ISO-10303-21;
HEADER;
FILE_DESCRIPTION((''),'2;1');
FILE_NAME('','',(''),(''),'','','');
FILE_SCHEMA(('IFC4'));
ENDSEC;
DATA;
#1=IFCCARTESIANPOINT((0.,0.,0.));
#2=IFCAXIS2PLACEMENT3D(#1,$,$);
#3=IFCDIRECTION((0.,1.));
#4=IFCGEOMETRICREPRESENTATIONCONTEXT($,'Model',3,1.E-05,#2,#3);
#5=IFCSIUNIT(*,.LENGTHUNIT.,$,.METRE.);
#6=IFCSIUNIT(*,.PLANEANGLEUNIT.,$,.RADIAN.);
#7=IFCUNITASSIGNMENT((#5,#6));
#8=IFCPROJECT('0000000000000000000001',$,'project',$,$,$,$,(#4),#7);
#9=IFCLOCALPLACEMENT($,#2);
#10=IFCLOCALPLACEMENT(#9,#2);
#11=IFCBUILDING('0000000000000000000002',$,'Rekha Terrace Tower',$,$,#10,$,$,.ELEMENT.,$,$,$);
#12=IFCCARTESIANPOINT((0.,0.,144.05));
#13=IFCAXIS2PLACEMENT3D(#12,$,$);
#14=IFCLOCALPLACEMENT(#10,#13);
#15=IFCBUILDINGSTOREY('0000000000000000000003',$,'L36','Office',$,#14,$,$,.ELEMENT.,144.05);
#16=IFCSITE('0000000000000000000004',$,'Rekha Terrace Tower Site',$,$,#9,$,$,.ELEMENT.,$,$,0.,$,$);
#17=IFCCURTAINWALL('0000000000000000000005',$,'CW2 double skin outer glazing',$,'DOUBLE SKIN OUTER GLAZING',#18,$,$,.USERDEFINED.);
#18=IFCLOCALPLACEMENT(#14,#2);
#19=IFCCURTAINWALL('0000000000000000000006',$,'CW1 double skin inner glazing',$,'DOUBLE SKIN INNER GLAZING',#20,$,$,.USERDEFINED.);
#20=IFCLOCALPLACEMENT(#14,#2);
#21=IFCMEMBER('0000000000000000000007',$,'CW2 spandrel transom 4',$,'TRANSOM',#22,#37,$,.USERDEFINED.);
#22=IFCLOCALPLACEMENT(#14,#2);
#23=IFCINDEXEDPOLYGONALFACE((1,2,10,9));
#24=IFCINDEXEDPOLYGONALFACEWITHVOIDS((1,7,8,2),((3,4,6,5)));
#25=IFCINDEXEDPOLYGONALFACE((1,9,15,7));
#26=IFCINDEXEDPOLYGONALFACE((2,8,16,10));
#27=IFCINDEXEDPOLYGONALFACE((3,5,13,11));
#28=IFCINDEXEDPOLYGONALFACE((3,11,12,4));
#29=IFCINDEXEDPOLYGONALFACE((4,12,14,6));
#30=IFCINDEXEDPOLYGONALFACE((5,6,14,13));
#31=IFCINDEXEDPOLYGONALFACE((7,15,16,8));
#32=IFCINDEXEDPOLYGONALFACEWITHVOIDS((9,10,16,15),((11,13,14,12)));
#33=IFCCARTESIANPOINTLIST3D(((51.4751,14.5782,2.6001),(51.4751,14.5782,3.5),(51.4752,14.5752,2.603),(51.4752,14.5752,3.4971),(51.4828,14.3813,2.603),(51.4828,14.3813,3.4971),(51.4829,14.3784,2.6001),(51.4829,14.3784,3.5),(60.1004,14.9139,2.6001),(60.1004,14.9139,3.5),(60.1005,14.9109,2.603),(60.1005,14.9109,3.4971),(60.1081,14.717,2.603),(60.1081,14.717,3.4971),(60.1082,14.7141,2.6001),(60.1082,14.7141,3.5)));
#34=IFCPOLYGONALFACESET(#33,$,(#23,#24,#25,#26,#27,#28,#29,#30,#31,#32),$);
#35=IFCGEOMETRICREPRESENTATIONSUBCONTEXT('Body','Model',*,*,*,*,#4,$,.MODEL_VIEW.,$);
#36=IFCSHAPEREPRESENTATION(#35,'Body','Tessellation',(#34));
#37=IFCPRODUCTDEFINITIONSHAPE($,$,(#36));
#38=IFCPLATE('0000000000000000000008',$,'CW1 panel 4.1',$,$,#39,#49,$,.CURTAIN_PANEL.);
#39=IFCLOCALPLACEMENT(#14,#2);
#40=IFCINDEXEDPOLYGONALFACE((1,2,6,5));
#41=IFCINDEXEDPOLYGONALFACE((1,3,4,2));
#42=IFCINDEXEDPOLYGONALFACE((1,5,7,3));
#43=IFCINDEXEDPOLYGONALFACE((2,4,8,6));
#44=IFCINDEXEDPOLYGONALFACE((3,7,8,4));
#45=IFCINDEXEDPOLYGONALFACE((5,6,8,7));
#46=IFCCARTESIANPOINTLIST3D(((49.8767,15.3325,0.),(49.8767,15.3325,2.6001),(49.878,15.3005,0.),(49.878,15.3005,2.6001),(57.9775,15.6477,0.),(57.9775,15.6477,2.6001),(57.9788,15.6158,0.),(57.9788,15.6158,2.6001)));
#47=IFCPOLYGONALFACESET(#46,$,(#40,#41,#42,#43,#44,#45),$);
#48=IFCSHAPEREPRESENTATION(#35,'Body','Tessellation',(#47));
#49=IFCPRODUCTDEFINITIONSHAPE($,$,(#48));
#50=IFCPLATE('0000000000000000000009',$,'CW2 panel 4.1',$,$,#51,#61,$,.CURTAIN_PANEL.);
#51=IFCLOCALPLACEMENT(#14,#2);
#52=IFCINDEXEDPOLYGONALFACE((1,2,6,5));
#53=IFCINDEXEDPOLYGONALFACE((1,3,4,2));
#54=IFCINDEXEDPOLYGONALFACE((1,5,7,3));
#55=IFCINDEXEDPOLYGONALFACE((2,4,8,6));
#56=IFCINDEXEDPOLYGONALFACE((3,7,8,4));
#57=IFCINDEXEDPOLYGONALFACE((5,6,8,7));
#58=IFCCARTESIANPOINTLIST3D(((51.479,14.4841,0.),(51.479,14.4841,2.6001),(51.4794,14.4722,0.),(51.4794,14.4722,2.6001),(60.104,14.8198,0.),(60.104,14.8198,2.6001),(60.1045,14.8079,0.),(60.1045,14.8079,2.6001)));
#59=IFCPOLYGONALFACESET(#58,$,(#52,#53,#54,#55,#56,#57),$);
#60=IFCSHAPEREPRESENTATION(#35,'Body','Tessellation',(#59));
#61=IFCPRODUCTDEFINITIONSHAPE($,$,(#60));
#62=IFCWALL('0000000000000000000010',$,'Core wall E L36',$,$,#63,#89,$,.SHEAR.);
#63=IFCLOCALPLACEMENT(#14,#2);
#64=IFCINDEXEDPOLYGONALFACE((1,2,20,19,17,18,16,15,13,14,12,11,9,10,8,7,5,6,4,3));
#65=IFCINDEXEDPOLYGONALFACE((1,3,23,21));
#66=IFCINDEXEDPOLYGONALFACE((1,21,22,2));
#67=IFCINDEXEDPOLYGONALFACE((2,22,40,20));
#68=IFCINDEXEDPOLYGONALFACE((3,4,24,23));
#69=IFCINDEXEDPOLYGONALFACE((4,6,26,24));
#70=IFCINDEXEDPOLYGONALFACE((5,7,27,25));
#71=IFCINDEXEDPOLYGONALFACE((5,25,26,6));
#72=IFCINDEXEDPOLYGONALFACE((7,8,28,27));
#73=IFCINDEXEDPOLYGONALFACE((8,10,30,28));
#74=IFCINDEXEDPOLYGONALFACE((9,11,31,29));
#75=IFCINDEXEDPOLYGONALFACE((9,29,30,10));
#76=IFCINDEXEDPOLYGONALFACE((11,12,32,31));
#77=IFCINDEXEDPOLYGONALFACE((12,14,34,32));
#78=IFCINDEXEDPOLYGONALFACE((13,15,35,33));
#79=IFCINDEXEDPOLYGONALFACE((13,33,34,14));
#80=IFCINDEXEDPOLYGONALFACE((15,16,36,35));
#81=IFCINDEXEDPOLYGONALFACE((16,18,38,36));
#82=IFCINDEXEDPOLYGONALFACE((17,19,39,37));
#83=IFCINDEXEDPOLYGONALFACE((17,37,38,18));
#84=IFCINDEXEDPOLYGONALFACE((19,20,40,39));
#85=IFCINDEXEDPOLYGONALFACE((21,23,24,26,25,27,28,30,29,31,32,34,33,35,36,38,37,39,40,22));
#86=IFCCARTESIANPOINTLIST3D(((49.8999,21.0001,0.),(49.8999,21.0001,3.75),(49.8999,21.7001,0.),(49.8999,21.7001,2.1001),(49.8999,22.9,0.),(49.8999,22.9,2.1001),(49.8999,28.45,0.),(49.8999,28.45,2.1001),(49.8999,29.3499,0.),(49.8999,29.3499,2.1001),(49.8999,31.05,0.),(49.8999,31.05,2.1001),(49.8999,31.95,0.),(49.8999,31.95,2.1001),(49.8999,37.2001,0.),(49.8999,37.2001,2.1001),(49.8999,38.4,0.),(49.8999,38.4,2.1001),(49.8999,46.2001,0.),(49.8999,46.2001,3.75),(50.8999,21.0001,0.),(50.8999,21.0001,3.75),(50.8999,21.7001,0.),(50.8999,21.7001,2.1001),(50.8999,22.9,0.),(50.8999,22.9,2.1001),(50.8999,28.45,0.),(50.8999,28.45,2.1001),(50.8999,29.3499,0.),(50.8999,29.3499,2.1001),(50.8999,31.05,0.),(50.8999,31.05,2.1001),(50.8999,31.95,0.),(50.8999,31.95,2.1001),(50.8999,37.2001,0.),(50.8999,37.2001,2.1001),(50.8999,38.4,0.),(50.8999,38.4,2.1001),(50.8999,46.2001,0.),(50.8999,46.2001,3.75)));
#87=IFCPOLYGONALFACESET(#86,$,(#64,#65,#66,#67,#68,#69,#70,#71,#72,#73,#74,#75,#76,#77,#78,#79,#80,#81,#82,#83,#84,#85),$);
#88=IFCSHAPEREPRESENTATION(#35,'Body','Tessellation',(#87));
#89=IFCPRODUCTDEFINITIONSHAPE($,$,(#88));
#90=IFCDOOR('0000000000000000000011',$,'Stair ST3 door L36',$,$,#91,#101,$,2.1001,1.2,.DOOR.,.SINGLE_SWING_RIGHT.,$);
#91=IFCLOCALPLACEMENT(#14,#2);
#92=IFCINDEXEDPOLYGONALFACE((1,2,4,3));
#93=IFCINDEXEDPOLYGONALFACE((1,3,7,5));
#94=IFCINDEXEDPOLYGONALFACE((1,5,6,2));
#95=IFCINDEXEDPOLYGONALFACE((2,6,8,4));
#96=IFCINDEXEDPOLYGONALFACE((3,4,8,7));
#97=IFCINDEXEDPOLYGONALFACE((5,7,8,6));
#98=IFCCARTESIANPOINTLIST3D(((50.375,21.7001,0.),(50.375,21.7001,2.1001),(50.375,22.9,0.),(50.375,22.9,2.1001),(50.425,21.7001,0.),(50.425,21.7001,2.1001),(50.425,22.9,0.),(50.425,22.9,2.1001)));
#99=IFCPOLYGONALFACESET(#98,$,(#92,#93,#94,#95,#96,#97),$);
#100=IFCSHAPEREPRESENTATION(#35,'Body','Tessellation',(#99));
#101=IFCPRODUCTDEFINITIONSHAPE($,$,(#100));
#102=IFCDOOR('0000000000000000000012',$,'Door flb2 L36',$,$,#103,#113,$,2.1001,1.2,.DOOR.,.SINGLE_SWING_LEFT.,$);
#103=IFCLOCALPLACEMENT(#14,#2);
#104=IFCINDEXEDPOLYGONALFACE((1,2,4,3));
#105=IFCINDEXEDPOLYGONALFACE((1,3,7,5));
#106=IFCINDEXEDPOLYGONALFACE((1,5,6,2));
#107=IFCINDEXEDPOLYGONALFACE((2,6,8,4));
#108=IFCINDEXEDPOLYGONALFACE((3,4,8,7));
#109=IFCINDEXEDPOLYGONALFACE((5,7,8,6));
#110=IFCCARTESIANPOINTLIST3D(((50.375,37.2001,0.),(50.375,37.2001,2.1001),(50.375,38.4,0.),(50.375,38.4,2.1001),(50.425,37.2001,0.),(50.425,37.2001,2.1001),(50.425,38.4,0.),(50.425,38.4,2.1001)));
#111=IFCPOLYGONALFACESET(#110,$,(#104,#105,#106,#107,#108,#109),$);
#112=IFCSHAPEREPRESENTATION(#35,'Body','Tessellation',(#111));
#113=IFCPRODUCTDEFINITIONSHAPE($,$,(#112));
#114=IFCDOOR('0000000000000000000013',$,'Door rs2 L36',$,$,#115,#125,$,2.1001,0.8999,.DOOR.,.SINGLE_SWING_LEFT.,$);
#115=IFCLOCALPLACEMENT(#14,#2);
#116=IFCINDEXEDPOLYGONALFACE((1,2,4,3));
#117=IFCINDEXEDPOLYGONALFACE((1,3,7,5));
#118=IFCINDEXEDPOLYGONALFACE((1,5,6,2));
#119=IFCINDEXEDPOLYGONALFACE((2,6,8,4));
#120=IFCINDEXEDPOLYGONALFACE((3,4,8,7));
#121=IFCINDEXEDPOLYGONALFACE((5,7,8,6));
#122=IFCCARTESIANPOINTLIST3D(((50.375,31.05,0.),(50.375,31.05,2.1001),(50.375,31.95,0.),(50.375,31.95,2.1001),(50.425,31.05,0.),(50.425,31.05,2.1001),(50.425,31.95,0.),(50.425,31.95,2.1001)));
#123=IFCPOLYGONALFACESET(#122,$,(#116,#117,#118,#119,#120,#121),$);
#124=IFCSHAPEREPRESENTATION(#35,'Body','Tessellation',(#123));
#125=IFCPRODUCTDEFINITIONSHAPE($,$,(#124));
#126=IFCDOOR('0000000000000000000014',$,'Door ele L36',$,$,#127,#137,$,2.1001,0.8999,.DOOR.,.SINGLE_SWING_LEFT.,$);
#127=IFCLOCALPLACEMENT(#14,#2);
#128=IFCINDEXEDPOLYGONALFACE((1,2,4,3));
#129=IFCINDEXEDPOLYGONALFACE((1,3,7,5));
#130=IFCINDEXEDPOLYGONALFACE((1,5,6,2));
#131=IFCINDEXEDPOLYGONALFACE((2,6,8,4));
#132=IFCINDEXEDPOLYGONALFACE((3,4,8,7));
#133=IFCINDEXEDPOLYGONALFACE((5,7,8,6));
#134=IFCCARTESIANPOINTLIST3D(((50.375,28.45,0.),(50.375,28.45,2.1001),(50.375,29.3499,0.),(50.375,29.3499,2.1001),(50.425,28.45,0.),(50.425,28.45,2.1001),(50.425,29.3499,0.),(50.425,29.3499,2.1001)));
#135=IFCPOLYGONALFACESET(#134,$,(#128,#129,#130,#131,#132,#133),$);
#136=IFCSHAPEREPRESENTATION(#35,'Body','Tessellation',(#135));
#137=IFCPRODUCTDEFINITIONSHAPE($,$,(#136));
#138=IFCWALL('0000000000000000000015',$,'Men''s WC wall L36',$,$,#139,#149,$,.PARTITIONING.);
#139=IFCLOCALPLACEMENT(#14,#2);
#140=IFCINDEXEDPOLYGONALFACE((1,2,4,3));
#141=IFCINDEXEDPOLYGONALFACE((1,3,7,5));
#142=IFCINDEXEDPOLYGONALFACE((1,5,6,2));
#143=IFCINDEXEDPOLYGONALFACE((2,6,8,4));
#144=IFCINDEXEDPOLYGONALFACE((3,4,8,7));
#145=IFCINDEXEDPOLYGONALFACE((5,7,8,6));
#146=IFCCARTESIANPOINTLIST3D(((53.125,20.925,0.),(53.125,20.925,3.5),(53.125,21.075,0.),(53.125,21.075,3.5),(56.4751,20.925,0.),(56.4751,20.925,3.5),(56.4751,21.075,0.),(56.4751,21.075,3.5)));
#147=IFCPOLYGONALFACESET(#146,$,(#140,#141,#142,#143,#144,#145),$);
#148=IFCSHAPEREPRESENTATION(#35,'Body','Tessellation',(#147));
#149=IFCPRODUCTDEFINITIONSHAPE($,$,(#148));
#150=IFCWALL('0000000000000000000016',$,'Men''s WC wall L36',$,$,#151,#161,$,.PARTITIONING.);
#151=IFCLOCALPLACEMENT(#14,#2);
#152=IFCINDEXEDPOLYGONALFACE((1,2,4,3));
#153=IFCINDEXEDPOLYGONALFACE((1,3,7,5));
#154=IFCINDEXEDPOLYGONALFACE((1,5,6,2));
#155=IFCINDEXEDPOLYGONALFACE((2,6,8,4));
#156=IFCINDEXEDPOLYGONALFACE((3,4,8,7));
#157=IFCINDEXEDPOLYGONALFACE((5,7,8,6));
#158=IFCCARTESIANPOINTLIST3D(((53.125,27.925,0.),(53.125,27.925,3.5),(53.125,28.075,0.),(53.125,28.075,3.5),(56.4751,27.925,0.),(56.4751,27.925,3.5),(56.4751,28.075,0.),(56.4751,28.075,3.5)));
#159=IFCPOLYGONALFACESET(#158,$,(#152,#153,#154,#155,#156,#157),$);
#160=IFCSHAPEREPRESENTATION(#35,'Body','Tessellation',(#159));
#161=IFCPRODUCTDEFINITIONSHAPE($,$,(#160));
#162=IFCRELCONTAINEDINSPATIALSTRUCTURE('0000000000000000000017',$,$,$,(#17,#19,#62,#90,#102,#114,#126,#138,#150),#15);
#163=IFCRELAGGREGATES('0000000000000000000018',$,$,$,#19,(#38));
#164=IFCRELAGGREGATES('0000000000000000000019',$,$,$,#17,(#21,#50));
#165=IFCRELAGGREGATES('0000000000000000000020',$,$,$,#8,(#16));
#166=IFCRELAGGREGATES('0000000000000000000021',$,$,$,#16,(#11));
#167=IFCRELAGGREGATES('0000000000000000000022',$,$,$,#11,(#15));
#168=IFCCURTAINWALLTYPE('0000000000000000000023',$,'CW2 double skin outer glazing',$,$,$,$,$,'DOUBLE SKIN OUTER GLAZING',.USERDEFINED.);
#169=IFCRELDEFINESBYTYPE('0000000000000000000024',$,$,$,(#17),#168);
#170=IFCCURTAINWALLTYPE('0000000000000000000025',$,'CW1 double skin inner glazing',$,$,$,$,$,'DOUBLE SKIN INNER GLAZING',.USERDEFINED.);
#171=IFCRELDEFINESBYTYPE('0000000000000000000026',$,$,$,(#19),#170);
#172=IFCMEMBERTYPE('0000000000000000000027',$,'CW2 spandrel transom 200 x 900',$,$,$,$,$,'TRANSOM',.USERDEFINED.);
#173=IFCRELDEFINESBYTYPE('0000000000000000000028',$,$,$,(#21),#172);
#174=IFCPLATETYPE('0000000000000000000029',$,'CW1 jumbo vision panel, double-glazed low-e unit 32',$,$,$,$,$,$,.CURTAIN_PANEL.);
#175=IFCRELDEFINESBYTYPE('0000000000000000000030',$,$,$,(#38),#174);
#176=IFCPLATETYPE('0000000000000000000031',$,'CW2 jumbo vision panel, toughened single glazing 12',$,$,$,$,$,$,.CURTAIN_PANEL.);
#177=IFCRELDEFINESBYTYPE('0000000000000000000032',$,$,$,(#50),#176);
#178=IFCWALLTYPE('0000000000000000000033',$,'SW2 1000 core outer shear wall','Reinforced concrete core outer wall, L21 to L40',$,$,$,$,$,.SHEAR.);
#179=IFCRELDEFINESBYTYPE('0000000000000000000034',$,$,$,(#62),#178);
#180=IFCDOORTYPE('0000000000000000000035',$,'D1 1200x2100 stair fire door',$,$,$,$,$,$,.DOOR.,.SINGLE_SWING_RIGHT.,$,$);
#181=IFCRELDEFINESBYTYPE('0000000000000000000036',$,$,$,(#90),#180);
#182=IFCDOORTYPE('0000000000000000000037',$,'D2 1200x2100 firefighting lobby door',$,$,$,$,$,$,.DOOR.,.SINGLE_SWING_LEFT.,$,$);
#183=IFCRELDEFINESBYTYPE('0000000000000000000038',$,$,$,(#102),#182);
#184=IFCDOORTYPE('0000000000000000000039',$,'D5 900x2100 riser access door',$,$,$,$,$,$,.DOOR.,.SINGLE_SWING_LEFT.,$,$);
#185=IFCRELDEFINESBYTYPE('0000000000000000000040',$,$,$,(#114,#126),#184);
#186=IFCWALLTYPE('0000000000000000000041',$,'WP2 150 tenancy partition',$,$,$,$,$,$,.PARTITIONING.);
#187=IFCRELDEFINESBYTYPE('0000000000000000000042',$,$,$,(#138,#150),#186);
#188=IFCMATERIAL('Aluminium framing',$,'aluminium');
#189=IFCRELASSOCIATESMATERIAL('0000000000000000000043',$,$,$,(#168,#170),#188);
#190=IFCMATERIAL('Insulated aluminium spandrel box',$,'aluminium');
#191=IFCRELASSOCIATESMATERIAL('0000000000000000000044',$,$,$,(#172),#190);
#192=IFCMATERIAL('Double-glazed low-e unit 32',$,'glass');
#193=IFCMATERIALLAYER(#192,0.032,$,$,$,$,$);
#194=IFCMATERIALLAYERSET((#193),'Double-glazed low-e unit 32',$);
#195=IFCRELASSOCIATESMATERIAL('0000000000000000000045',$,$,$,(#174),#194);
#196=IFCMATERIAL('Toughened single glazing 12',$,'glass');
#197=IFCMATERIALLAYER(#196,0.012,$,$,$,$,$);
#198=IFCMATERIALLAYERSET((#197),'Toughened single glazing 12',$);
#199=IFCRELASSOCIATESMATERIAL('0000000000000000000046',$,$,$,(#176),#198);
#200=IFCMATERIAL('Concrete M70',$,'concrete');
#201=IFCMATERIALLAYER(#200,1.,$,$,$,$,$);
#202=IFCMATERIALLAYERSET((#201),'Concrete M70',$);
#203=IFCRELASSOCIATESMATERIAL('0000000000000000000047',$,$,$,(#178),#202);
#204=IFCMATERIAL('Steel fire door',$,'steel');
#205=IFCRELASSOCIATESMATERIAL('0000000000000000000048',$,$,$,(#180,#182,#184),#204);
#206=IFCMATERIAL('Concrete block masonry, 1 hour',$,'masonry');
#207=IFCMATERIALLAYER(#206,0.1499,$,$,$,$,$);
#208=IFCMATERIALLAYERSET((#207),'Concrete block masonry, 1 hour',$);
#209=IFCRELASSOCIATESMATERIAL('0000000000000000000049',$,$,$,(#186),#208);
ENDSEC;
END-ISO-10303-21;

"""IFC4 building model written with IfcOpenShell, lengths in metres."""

from ifc_helpers import new_model, si_unit, direction, frame, frame_2d, origin, origin_2d, place, context, subcontext, project, spatial, rectangle, hollow_rectangle, extrude, material, layer, layer_set, material_profile, profile_set, type_object, element, fill, aggregate, save


model = new_model("IFC4")

# Units and contexts
model_context = context("Model", 3, precision=1e-05, world=origin(), true_north=direction((0.0, 1.0)))
body_context = subcontext(model_context, "Body", "Model", "MODEL_VIEW")
ifc_project = project(units=[si_unit("LENGTHUNIT", "METRE"), si_unit("PLANEANGLEUNIT", "RADIAN")], contexts=[model_context])

# Site, building, storey
site_placement = place(None, origin())
site = spatial("IfcSite", under=ifc_project, at=site_placement, Name="Rekha Terrace Tower Site", CompositionType="ELEMENT", RefElevation=0.0)
building_placement = place(site_placement, origin())
building = spatial("IfcBuilding", under=site, at=building_placement, Name="Rekha Terrace Tower", CompositionType="ELEMENT")
storey_placement = place(building_placement, frame((0.0, 0.0, 144.05)))
storey = spatial("IfcBuildingStorey", under=building, at=storey_placement, Name="L36", Description="Office", CompositionType="ELEMENT", Elevation=144.05)

# Shared definitions
ifc_material_1 = material(Name="Concrete M70", Category="concrete")

# Curtain wall
ifc_material_2 = material(Name="Aluminium framing", Category="aluminium")
curtain_wall_type_1 = type_object("IfcCurtainWallType", Name="CW2 double skin outer glazing", ElementType="DOUBLE SKIN OUTER GLAZING", PredefinedType="USERDEFINED", material=ifc_material_2)
curtain_wall_1_placement = place(storey_placement, origin())
curtain_wall_1 = element("IfcCurtainWall", 1, at=curtain_wall_1_placement, inside=storey, type_object=curtain_wall_type_1, Name="CW2 double skin outer glazing", ObjectType="DOUBLE SKIN OUTER GLAZING", PredefinedType="USERDEFINED")

# Curtain wall
curtain_wall_type_2 = type_object("IfcCurtainWallType", Name="CW1 double skin inner glazing", ElementType="DOUBLE SKIN INNER GLAZING", PredefinedType="USERDEFINED", material=ifc_material_2)
curtain_wall_2_placement = place(storey_placement, origin())
curtain_wall_2 = element("IfcCurtainWall", 2, at=curtain_wall_2_placement, inside=storey, type_object=curtain_wall_type_2, Name="CW1 double skin inner glazing", ObjectType="DOUBLE SKIN INNER GLAZING", PredefinedType="USERDEFINED")
ifc_material_3 = material(Name="Insulated aluminium spandrel box", Category="aluminium")

# Member
ifc_material_profile_1 = material_profile(ifc_material_3, hollow_rectangle(XDim=0.2, YDim=0.8999, WallThickness=0.0029, at=origin_2d()), Name="AL SPANDREL BOX 200x900")
ifc_profile_set_1 = profile_set([ifc_material_profile_1], Name="Insulated aluminium spandrel box")
member_type_1 = type_object("IfcMemberType", Name="CW2 spandrel transom 200 x 900", ElementType="TRANSOM", PredefinedType="USERDEFINED", material=ifc_profile_set_1)
member_1_placement = place(storey_placement, frame((51.479, 14.4783, 3.05), z_axis=(0.999243, 0.03889, 0.0), x_axis=(-0.03889, 0.999243, 0.0)))
member_1 = element("IfcMember", 3, at=member_1_placement, type_object=member_type_1, Name="CW2 spandrel transom 4", ObjectType="TRANSOM", PredefinedType="USERDEFINED", context=body_context, shape_type="SweptSolid", body=[
    extrude(hollow_rectangle(XDim=0.2, YDim=0.8999, WallThickness=0.0029, at=origin_2d()), origin(), (0.0, 0.0, 1.0), 8.6318),
])

# Plates
ifc_material_4 = material(Name="Double-glazed low-e unit 32", Category="glass")
ifc_layer_1 = layer(ifc_material_4, 0.032)
ifc_layer_set_1 = layer_set([ifc_layer_1], Name="Double-glazed low-e unit 32")
plate_type_1 = type_object("IfcPlateType", Name="CW1 jumbo vision panel, double-glazed low-e unit 32", PredefinedType="CURTAIN_PANEL", material=ifc_layer_set_1)
plate_1_placement = place(storey_placement, frame((53.9277, 15.4741, 0.0), z_axis=(0.0, 0.0, 1.0), x_axis=(0.999243, 0.03889, 0.0)))
plate_1 = element("IfcPlate", 4, at=plate_1_placement, type_object=plate_type_1, Name="CW1 panel 4.1", PredefinedType="CURTAIN_PANEL", context=body_context, shape_type="SweptSolid", body=[
    extrude(rectangle(XDim=8.1069, YDim=0.032, at=origin_2d()), origin(), (0.0, 0.0, 1.0), 2.6001),
])
aggregate(curtain_wall_2, [plate_1])
ifc_material_5 = material(Name="Toughened single glazing 12", Category="glass")
ifc_layer_2 = layer(ifc_material_5, 0.012)
ifc_layer_set_2 = layer_set([ifc_layer_2], Name="Toughened single glazing 12")
plate_type_2 = type_object("IfcPlateType", Name="CW2 jumbo vision panel, toughened single glazing 12", PredefinedType="CURTAIN_PANEL", material=ifc_layer_set_2)
plate_2_placement = place(storey_placement, frame((55.7917, 14.646, 0.0), z_axis=(0.0, 0.0, 1.0), x_axis=(0.999243, 0.03889, 0.0)))
plate_2 = element("IfcPlate", 5, at=plate_2_placement, type_object=plate_type_2, Name="CW2 panel 4.1", PredefinedType="CURTAIN_PANEL", context=body_context, shape_type="SweptSolid", body=[
    extrude(rectangle(XDim=8.6316, YDim=0.012, at=origin_2d()), origin(), (0.0, 0.0, 1.0), 2.6001),
])
aggregate(curtain_wall_1, [member_1, plate_2])

# Wall, openings, doors
ifc_layer_3 = layer(ifc_material_1, 1.0)
ifc_layer_set_3 = layer_set([ifc_layer_3], Name="Concrete M70")
wall_type_1 = type_object("IfcWallType", Name="SW2 1000 core outer shear wall", Description="Reinforced concrete core outer wall, L21 to L40", PredefinedType="SHEAR", material=ifc_layer_set_3)
wall_1_placement = place(storey_placement, frame((50.3999, 21.0, 0.0), z_axis=(0.0, 0.0, 1.0), x_axis=(0.0, 1.0, 0.0)))
wall_1 = element("IfcWall", 6, at=wall_1_placement, inside=storey, type_object=wall_type_1, Name="Core wall E L36", PredefinedType="SHEAR", context=body_context, shape_type="SweptSolid", body=[
    extrude(rectangle(XDim=25.2, YDim=1.0, at=frame_2d((12.6001, 0.0))), origin(), (0.0, 0.0, 1.0), 3.75),
])
opening_1_placement = place(wall_1_placement, frame((16.2, 0.0, 0.0)))
opening_1 = element("IfcOpeningElement", 7, at=opening_1_placement, cuts=wall_1, PredefinedType="OPENING", context=body_context, shape_type="SweptSolid", body=[
    extrude(rectangle(XDim=1.2, YDim=2.1001, at=frame_2d((0.6001, 1.05))), frame((0.0, 0.51, 0.0), z_axis=(0.0, -1.0, 0.0), x_axis=(1.0, 0.0, 0.0)), (0.0, 0.0, 1.0), 1.02),
])
opening_2_placement = place(wall_1_placement, frame((10.05, 0.0, 0.0)))
opening_2 = element("IfcOpeningElement", 8, at=opening_2_placement, cuts=wall_1, PredefinedType="OPENING", context=body_context, shape_type="SweptSolid", body=[
    extrude(rectangle(XDim=0.8999, YDim=2.1001, at=frame_2d((0.45, 1.05))), frame((0.0, 0.51, 0.0), z_axis=(0.0, -1.0, 0.0), x_axis=(1.0, 0.0, 0.0)), (0.0, 0.0, 1.0), 1.02),
])
opening_3_placement = place(wall_1_placement, frame((7.45, 0.0, 0.0)))
opening_3 = element("IfcOpeningElement", 9, at=opening_3_placement, cuts=wall_1, PredefinedType="OPENING", context=body_context, shape_type="SweptSolid", body=[
    extrude(rectangle(XDim=0.8999, YDim=2.1001, at=frame_2d((0.45, 1.05))), frame((0.0, 0.51, 0.0), z_axis=(0.0, -1.0, 0.0), x_axis=(1.0, 0.0, 0.0)), (0.0, 0.0, 1.0), 1.02),
])
opening_4_placement = place(wall_1_placement, frame((0.7, 0.0, 0.0)))
opening_4 = element("IfcOpeningElement", 10, at=opening_4_placement, cuts=wall_1, PredefinedType="OPENING", context=body_context, shape_type="SweptSolid", body=[
    extrude(rectangle(XDim=1.2, YDim=2.1001, at=frame_2d((0.6001, 1.05))), frame((0.0, 0.51, 0.0), z_axis=(0.0, -1.0, 0.0), x_axis=(1.0, 0.0, 0.0)), (0.0, 0.0, 1.0), 1.02),
])
ifc_material_6 = material(Name="Steel fire door", Category="steel")
door_type_1 = type_object("IfcDoorType", Name="D1 1200x2100 stair fire door", OperationType="SINGLE_SWING_RIGHT", PredefinedType="DOOR", material=ifc_material_6)
door_1_placement = place(opening_4_placement, origin())
door_1 = element("IfcDoor", 11, at=door_1_placement, inside=storey, type_object=door_type_1, Name="Stair ST3 door L36", OperationType="SINGLE_SWING_RIGHT", OverallHeight=2.1001, OverallWidth=1.2, PredefinedType="DOOR", context=body_context, shape_type="SweptSolid", body=[
    extrude(rectangle(XDim=1.2, YDim=2.1001, at=frame_2d((0.6001, 1.05))), frame((0.0, 0.0249, 0.0), z_axis=(0.0, -1.0, 0.0), x_axis=(1.0, 0.0, 0.0)), (0.0, 0.0, 1.0), 0.05),
])
fill(opening_4, door_1)
door_type_2 = type_object("IfcDoorType", Name="D2 1200x2100 firefighting lobby door", OperationType="SINGLE_SWING_LEFT", PredefinedType="DOOR", material=ifc_material_6)
door_2_placement = place(opening_1_placement, origin())
door_2 = element("IfcDoor", 12, at=door_2_placement, inside=storey, type_object=door_type_2, Name="Door flb2 L36", OperationType="SINGLE_SWING_LEFT", OverallHeight=2.1001, OverallWidth=1.2, PredefinedType="DOOR", context=body_context, shape_type="SweptSolid", body=[
    extrude(rectangle(XDim=1.2, YDim=2.1001, at=frame_2d((0.6001, 1.05))), frame((0.0, 0.0249, 0.0), z_axis=(0.0, -1.0, 0.0), x_axis=(1.0, 0.0, 0.0)), (0.0, 0.0, 1.0), 0.05),
])
fill(opening_1, door_2)
door_type_3 = type_object("IfcDoorType", Name="D5 900x2100 riser access door", OperationType="SINGLE_SWING_LEFT", PredefinedType="DOOR", material=ifc_material_6)
door_3_placement = place(opening_2_placement, origin())
door_3 = element("IfcDoor", 13, at=door_3_placement, inside=storey, type_object=door_type_3, Name="Door rs2 L36", OperationType="SINGLE_SWING_LEFT", OverallHeight=2.1001, OverallWidth=0.8999, PredefinedType="DOOR", context=body_context, shape_type="SweptSolid", body=[
    extrude(rectangle(XDim=0.8999, YDim=2.1001, at=frame_2d((0.45, 1.05))), frame((0.0, 0.0249, 0.0), z_axis=(0.0, -1.0, 0.0), x_axis=(1.0, 0.0, 0.0)), (0.0, 0.0, 1.0), 0.05),
])
fill(opening_2, door_3)
door_4_placement = place(opening_3_placement, origin())
door_4 = element("IfcDoor", 14, at=door_4_placement, inside=storey, type_object=door_type_3, Name="Door ele L36", OperationType="SINGLE_SWING_LEFT", OverallHeight=2.1001, OverallWidth=0.8999, PredefinedType="DOOR", context=body_context, shape_type="SweptSolid", body=[
    extrude(rectangle(XDim=0.8999, YDim=2.1001, at=frame_2d((0.45, 1.05))), frame((0.0, 0.0249, 0.0), z_axis=(0.0, -1.0, 0.0), x_axis=(1.0, 0.0, 0.0)), (0.0, 0.0, 1.0), 0.05),
])
fill(opening_3, door_4)

# Walls
ifc_material_7 = material(Name="Concrete block masonry, 1 hour", Category="masonry")
ifc_layer_4 = layer(ifc_material_7, 0.1499)
ifc_layer_set_4 = layer_set([ifc_layer_4], Name="Concrete block masonry, 1 hour")
wall_type_2 = type_object("IfcWallType", Name="WP2 150 tenancy partition", PredefinedType="PARTITIONING", material=ifc_layer_set_4)
for number, where, z_axis, x_axis, name in (
    (15, (53.125, 21.0, 0.0), (0.0, 0.0, 1.0), (1.0, 0.0, 0.0), "Men's WC wall L36"),
    (16, (53.125, 28.0, 0.0), (0.0, 0.0, 1.0), (1.0, 0.0, 0.0), "Men's WC wall L36"),
):
    element("IfcWall", number, at=place(storey_placement, frame(where, z_axis=z_axis, x_axis=x_axis)), inside=storey, type_object=wall_type_2, Name=name, PredefinedType="PARTITIONING", context=body_context, shape_type="SweptSolid", body=[
        extrude(rectangle(XDim=3.3501, YDim=0.1499, at=frame_2d((1.675, 0.0))), origin(), (0.0, 0.0, 1.0), 3.5),
    ])

save(model, "model.ifc")
